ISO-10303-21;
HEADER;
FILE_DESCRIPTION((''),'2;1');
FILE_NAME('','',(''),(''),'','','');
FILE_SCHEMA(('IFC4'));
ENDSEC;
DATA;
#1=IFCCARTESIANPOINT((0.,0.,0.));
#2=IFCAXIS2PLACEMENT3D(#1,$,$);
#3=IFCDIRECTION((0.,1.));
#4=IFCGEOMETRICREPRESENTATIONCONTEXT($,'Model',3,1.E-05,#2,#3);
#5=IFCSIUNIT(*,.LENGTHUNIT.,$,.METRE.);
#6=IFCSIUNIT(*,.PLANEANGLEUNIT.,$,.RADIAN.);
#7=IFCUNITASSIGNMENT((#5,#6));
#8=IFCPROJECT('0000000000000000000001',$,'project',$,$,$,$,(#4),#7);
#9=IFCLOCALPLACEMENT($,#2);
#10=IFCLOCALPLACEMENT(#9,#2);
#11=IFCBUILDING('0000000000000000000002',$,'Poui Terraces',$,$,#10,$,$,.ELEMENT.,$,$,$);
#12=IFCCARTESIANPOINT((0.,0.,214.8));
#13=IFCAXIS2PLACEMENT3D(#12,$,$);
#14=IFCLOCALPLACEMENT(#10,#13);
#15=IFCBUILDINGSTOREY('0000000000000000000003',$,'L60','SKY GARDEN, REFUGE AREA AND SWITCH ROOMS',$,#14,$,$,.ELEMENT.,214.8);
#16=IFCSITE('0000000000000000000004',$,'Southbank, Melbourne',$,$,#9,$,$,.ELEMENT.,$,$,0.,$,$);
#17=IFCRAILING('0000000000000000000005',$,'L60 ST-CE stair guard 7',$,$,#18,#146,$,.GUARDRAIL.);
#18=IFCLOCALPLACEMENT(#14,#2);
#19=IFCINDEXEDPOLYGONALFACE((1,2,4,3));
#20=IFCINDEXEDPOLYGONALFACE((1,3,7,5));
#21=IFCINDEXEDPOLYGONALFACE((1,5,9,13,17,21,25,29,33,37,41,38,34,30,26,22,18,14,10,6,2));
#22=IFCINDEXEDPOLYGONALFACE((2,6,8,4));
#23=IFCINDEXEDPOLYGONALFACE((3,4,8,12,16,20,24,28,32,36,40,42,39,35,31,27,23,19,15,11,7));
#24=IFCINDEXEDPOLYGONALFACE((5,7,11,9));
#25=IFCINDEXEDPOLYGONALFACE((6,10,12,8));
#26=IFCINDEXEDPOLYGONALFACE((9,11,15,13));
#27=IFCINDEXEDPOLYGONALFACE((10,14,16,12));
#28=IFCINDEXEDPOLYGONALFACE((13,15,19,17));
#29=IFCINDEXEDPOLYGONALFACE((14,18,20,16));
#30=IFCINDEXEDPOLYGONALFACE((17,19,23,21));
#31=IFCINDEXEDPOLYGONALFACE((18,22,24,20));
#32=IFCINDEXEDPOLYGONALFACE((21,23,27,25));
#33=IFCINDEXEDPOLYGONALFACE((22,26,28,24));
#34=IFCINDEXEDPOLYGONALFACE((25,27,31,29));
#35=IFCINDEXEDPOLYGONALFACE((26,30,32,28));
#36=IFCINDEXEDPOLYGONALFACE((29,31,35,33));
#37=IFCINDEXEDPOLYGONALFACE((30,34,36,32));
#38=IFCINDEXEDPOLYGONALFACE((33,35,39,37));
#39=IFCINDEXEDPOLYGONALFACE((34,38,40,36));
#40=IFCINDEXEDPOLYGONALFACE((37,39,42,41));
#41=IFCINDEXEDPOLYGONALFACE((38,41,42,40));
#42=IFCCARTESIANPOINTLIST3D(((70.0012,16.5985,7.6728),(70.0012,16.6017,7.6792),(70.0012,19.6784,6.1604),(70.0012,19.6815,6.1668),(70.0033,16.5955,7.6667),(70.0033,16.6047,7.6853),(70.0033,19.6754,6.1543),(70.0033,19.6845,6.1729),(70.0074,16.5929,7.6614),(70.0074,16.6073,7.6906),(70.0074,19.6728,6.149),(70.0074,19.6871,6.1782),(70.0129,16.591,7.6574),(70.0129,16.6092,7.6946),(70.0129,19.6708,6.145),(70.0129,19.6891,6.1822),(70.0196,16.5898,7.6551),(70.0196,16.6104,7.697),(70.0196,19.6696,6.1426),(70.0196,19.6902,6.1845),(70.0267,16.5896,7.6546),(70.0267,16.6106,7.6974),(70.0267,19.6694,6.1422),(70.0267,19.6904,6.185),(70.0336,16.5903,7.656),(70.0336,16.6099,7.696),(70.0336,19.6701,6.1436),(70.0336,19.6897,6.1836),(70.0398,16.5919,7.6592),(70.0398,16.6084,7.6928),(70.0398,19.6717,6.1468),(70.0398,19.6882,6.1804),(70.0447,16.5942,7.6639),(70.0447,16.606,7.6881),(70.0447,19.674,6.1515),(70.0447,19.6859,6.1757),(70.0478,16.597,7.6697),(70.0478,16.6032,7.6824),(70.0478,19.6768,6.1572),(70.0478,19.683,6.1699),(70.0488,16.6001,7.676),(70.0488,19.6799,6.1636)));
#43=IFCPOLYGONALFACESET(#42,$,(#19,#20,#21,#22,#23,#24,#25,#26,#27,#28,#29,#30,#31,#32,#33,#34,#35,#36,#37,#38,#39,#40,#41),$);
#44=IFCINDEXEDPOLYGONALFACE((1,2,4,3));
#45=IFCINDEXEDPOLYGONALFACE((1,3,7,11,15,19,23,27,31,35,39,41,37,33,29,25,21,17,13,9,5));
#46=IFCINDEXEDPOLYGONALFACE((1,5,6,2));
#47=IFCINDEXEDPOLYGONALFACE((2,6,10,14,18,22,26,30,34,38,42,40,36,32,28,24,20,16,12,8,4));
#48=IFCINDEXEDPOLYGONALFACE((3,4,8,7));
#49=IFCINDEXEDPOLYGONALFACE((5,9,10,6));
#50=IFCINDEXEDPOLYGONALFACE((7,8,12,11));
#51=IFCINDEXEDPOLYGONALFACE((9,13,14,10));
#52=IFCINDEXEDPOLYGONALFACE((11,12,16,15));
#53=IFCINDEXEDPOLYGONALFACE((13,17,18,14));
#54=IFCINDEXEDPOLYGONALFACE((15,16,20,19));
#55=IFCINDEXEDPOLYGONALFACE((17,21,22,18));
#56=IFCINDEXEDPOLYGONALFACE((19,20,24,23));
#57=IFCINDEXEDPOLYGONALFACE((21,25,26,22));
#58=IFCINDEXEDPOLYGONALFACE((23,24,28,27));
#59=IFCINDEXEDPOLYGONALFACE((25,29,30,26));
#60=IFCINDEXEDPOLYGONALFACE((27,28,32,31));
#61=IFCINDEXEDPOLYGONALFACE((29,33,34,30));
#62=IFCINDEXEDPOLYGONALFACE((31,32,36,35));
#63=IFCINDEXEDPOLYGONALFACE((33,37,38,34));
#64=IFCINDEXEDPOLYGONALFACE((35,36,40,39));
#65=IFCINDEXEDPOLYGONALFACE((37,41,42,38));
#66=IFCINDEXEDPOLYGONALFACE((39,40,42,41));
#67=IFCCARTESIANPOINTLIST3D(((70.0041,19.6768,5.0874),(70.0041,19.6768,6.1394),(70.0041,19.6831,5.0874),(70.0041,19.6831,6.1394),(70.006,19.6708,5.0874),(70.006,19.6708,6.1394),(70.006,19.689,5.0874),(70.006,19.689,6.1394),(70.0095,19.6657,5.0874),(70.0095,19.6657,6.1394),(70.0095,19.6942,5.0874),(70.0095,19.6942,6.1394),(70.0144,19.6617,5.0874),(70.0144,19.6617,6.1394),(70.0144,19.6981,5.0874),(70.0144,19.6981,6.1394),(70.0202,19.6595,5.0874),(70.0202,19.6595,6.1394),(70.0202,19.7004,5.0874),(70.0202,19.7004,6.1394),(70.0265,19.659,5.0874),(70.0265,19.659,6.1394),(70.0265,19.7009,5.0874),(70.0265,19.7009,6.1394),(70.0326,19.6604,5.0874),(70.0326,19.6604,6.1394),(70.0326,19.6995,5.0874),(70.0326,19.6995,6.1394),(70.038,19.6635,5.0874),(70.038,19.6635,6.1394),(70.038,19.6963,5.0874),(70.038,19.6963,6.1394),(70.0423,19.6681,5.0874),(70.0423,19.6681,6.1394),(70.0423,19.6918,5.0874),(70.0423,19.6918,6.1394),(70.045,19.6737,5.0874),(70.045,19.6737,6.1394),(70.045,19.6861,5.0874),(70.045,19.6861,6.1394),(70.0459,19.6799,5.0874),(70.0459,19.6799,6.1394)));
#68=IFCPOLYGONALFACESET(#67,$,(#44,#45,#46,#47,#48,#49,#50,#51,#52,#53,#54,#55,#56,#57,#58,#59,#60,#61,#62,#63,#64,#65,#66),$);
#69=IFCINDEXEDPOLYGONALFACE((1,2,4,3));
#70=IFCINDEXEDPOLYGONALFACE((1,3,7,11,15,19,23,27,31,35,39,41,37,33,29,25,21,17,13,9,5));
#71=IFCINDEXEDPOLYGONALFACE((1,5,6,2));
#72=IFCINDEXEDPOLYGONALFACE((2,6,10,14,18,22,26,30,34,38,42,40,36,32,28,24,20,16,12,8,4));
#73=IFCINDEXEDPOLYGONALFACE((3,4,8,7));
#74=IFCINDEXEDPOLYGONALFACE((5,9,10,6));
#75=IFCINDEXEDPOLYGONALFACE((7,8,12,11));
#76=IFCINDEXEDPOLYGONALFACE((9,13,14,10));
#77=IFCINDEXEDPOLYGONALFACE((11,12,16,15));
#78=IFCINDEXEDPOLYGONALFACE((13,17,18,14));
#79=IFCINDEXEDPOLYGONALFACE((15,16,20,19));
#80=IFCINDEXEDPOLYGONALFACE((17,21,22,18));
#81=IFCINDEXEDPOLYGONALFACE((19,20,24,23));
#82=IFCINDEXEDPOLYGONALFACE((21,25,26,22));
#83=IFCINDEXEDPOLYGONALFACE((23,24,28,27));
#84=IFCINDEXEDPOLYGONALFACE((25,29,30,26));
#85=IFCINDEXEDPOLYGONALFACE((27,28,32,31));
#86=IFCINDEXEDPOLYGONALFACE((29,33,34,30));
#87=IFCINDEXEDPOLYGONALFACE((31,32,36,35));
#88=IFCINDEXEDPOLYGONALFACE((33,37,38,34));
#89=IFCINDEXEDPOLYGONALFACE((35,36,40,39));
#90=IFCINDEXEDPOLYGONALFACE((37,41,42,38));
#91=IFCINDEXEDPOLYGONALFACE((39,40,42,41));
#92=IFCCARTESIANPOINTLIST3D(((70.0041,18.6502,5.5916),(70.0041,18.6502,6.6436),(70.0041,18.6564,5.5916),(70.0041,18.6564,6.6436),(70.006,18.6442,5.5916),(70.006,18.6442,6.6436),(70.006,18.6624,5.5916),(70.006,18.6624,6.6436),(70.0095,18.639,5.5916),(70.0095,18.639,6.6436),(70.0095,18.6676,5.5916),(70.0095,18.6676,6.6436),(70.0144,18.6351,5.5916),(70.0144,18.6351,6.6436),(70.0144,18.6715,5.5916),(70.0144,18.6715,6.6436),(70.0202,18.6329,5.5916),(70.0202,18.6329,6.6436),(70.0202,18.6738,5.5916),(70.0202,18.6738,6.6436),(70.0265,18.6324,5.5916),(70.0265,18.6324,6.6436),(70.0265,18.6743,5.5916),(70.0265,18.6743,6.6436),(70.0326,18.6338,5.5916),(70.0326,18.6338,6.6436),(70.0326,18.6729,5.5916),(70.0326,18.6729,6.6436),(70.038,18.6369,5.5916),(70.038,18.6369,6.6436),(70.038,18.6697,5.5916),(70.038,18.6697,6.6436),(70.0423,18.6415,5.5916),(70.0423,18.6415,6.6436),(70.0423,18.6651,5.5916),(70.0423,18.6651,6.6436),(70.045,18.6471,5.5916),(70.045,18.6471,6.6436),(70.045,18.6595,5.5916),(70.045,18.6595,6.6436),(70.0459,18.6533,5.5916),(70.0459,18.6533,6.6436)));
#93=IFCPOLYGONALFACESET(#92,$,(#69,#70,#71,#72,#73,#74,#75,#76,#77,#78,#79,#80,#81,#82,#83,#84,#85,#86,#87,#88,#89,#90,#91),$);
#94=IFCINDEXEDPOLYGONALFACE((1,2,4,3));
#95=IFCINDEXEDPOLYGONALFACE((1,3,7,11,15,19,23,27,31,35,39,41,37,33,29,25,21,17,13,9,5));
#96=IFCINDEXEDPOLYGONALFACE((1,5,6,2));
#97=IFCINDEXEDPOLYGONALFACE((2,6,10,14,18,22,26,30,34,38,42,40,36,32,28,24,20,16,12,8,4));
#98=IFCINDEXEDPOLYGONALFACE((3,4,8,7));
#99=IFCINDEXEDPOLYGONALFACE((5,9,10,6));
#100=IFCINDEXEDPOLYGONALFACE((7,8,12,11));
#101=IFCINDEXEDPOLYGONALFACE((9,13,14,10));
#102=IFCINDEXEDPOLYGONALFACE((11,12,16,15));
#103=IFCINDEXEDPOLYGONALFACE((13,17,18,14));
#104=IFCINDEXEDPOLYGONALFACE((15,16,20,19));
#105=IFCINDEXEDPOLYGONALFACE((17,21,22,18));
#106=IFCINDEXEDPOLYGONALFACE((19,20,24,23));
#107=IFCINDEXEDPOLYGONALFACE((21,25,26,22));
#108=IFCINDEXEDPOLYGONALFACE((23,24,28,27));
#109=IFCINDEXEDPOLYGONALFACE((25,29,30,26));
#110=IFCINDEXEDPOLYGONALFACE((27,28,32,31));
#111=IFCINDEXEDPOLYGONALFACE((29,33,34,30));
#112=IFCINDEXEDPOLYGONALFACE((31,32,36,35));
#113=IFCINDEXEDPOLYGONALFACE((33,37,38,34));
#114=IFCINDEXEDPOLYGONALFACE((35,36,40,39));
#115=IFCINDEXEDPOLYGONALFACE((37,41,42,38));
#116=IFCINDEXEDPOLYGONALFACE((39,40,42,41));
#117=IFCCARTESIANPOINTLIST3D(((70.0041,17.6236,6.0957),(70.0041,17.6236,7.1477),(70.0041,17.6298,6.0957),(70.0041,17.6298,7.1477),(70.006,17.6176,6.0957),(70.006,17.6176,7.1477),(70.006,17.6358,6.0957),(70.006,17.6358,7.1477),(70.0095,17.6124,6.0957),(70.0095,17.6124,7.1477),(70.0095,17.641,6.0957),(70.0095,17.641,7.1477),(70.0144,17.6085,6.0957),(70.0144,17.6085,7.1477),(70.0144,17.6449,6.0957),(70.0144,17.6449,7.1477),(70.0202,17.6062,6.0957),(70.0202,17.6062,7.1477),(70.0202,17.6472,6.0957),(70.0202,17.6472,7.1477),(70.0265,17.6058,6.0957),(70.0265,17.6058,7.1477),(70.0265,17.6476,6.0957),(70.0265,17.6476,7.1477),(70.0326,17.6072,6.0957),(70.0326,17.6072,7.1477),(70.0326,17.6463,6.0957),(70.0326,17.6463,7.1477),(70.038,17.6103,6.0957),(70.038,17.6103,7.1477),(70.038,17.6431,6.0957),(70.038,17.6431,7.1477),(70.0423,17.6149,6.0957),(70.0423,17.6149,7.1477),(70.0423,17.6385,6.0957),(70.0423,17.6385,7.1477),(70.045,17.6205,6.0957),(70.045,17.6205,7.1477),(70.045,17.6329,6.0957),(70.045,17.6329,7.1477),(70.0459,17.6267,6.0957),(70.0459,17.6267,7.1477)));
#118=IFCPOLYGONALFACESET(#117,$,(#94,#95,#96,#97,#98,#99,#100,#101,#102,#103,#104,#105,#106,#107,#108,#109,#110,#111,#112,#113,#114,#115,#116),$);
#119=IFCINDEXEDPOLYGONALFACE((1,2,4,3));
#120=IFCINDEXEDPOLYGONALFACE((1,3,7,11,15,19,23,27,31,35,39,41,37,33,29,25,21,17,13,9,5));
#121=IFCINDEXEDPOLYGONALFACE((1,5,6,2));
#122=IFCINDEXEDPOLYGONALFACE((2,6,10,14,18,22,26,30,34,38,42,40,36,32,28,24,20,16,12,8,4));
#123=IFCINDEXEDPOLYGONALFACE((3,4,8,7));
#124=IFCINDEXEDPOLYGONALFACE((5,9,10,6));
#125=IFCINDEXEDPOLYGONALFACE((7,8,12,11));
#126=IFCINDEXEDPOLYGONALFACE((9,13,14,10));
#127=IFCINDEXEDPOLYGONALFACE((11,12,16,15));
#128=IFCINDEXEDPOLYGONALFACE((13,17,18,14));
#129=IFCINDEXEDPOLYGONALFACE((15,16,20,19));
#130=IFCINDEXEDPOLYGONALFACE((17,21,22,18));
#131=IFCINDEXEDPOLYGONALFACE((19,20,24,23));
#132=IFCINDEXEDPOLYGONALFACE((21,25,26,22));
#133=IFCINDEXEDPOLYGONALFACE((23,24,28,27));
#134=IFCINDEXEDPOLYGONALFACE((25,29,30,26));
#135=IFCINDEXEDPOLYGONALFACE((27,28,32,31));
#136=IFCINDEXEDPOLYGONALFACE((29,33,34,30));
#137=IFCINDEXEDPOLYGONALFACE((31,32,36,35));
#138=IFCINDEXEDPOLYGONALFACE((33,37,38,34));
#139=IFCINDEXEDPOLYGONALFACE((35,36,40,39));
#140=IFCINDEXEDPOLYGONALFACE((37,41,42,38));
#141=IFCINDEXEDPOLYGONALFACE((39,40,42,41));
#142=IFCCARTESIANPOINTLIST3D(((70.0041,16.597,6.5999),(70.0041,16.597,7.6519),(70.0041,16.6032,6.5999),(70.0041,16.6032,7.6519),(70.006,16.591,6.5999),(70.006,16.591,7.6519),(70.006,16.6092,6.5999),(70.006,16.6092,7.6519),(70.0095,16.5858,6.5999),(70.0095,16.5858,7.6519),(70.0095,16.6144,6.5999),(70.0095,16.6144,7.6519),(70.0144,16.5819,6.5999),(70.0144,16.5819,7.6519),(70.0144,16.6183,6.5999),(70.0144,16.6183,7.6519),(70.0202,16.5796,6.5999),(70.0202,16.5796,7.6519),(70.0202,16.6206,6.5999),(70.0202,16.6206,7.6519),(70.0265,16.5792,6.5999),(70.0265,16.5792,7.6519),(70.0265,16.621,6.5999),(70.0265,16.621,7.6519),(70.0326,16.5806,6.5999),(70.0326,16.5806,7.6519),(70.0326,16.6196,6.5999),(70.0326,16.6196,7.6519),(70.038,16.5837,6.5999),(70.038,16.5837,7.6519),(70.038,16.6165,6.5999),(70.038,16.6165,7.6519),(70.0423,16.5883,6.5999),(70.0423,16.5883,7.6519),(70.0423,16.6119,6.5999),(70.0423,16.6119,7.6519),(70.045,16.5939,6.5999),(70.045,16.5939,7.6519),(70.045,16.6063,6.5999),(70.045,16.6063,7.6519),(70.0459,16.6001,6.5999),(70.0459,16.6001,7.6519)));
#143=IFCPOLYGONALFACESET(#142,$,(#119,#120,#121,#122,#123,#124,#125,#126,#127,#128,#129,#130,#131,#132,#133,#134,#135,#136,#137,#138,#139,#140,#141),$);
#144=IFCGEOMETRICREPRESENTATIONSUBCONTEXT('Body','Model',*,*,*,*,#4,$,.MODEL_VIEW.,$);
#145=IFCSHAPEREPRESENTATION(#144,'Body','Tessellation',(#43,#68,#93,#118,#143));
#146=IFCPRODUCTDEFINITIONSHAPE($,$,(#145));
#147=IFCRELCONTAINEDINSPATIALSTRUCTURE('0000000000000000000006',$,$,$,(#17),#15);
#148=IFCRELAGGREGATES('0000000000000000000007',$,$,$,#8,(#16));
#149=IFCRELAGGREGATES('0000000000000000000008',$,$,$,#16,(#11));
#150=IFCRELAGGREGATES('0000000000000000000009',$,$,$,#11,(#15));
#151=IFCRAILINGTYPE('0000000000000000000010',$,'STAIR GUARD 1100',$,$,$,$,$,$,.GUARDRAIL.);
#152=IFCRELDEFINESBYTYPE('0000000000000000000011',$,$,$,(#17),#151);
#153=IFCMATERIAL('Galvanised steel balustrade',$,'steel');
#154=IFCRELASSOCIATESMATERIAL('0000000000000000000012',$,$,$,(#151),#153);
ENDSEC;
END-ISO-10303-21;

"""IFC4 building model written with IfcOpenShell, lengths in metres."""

from ifc_helpers import new_model, si_unit, direction, frame, origin, origin_2d, place, context, subcontext, project, spatial, circle, extrude, material, type_object, element, save


model = new_model("IFC4")

# Units and contexts
model_context = context("Model", 3, precision=1e-05, world=origin(), true_north=direction((0.0, 1.0)))
body_context = subcontext(model_context, "Body", "Model", "MODEL_VIEW")
ifc_project = project(units=[si_unit("LENGTHUNIT", "METRE"), si_unit("PLANEANGLEUNIT", "RADIAN")], contexts=[model_context])

# Site, building, storey
site_placement = place(None, origin())
site = spatial("IfcSite", under=ifc_project, at=site_placement, Name="Southbank, Melbourne", CompositionType="ELEMENT", RefElevation=0.0)
building_placement = place(site_placement, origin())
building = spatial("IfcBuilding", under=site, at=building_placement, Name="Poui Terraces", CompositionType="ELEMENT")
storey_placement = place(building_placement, frame((0.0, 0.0, 214.8)))
storey = spatial("IfcBuildingStorey", under=building, at=storey_placement, Name="L60", Description="SKY GARDEN, REFUGE AREA AND SWITCH ROOMS", CompositionType="ELEMENT", Elevation=214.8)

# Railing
ifc_material_1 = material(Name="Galvanised steel balustrade", Category="steel")
railing_type_1 = type_object("IfcRailingType", Name="STAIR GUARD 1100", PredefinedType="GUARDRAIL", material=ifc_material_1)
railing_1_placement = place(storey_placement, frame((70.0249, 19.6799, 5.0874)))
element("IfcRailing", 1, at=railing_1_placement, inside=storey, type_object=railing_type_1, Name="L60 ST-CE stair guard 7", PredefinedType="GUARDRAIL", context=body_context, shape_type="SweptSolid", body=[
    extrude(circle(Radius=0.0239, at=origin_2d()), frame((0.0, 0.0, 1.0762), z_axis=(0.0, -0.897606, 0.440798), x_axis=(1.0, 0.0, 0.0)), (0.0, 0.0, 1.0), 3.4312),
    extrude(circle(Radius=0.021, at=origin_2d()), origin(), (0.0, 0.0, 1.0), 1.052),
    extrude(circle(Radius=0.021, at=origin_2d()), frame((0.0, -1.0266, 0.5042)), (0.0, 0.0, 1.0), 1.052),
    extrude(circle(Radius=0.021, at=origin_2d()), frame((0.0, -2.0532, 1.0083)), (0.0, 0.0, 1.0), 1.052),
    extrude(circle(Radius=0.021, at=origin_2d()), frame((0.0, -3.0798, 1.5125)), (0.0, 0.0, 1.0), 1.052),
])

save(model, "model.ifc")
